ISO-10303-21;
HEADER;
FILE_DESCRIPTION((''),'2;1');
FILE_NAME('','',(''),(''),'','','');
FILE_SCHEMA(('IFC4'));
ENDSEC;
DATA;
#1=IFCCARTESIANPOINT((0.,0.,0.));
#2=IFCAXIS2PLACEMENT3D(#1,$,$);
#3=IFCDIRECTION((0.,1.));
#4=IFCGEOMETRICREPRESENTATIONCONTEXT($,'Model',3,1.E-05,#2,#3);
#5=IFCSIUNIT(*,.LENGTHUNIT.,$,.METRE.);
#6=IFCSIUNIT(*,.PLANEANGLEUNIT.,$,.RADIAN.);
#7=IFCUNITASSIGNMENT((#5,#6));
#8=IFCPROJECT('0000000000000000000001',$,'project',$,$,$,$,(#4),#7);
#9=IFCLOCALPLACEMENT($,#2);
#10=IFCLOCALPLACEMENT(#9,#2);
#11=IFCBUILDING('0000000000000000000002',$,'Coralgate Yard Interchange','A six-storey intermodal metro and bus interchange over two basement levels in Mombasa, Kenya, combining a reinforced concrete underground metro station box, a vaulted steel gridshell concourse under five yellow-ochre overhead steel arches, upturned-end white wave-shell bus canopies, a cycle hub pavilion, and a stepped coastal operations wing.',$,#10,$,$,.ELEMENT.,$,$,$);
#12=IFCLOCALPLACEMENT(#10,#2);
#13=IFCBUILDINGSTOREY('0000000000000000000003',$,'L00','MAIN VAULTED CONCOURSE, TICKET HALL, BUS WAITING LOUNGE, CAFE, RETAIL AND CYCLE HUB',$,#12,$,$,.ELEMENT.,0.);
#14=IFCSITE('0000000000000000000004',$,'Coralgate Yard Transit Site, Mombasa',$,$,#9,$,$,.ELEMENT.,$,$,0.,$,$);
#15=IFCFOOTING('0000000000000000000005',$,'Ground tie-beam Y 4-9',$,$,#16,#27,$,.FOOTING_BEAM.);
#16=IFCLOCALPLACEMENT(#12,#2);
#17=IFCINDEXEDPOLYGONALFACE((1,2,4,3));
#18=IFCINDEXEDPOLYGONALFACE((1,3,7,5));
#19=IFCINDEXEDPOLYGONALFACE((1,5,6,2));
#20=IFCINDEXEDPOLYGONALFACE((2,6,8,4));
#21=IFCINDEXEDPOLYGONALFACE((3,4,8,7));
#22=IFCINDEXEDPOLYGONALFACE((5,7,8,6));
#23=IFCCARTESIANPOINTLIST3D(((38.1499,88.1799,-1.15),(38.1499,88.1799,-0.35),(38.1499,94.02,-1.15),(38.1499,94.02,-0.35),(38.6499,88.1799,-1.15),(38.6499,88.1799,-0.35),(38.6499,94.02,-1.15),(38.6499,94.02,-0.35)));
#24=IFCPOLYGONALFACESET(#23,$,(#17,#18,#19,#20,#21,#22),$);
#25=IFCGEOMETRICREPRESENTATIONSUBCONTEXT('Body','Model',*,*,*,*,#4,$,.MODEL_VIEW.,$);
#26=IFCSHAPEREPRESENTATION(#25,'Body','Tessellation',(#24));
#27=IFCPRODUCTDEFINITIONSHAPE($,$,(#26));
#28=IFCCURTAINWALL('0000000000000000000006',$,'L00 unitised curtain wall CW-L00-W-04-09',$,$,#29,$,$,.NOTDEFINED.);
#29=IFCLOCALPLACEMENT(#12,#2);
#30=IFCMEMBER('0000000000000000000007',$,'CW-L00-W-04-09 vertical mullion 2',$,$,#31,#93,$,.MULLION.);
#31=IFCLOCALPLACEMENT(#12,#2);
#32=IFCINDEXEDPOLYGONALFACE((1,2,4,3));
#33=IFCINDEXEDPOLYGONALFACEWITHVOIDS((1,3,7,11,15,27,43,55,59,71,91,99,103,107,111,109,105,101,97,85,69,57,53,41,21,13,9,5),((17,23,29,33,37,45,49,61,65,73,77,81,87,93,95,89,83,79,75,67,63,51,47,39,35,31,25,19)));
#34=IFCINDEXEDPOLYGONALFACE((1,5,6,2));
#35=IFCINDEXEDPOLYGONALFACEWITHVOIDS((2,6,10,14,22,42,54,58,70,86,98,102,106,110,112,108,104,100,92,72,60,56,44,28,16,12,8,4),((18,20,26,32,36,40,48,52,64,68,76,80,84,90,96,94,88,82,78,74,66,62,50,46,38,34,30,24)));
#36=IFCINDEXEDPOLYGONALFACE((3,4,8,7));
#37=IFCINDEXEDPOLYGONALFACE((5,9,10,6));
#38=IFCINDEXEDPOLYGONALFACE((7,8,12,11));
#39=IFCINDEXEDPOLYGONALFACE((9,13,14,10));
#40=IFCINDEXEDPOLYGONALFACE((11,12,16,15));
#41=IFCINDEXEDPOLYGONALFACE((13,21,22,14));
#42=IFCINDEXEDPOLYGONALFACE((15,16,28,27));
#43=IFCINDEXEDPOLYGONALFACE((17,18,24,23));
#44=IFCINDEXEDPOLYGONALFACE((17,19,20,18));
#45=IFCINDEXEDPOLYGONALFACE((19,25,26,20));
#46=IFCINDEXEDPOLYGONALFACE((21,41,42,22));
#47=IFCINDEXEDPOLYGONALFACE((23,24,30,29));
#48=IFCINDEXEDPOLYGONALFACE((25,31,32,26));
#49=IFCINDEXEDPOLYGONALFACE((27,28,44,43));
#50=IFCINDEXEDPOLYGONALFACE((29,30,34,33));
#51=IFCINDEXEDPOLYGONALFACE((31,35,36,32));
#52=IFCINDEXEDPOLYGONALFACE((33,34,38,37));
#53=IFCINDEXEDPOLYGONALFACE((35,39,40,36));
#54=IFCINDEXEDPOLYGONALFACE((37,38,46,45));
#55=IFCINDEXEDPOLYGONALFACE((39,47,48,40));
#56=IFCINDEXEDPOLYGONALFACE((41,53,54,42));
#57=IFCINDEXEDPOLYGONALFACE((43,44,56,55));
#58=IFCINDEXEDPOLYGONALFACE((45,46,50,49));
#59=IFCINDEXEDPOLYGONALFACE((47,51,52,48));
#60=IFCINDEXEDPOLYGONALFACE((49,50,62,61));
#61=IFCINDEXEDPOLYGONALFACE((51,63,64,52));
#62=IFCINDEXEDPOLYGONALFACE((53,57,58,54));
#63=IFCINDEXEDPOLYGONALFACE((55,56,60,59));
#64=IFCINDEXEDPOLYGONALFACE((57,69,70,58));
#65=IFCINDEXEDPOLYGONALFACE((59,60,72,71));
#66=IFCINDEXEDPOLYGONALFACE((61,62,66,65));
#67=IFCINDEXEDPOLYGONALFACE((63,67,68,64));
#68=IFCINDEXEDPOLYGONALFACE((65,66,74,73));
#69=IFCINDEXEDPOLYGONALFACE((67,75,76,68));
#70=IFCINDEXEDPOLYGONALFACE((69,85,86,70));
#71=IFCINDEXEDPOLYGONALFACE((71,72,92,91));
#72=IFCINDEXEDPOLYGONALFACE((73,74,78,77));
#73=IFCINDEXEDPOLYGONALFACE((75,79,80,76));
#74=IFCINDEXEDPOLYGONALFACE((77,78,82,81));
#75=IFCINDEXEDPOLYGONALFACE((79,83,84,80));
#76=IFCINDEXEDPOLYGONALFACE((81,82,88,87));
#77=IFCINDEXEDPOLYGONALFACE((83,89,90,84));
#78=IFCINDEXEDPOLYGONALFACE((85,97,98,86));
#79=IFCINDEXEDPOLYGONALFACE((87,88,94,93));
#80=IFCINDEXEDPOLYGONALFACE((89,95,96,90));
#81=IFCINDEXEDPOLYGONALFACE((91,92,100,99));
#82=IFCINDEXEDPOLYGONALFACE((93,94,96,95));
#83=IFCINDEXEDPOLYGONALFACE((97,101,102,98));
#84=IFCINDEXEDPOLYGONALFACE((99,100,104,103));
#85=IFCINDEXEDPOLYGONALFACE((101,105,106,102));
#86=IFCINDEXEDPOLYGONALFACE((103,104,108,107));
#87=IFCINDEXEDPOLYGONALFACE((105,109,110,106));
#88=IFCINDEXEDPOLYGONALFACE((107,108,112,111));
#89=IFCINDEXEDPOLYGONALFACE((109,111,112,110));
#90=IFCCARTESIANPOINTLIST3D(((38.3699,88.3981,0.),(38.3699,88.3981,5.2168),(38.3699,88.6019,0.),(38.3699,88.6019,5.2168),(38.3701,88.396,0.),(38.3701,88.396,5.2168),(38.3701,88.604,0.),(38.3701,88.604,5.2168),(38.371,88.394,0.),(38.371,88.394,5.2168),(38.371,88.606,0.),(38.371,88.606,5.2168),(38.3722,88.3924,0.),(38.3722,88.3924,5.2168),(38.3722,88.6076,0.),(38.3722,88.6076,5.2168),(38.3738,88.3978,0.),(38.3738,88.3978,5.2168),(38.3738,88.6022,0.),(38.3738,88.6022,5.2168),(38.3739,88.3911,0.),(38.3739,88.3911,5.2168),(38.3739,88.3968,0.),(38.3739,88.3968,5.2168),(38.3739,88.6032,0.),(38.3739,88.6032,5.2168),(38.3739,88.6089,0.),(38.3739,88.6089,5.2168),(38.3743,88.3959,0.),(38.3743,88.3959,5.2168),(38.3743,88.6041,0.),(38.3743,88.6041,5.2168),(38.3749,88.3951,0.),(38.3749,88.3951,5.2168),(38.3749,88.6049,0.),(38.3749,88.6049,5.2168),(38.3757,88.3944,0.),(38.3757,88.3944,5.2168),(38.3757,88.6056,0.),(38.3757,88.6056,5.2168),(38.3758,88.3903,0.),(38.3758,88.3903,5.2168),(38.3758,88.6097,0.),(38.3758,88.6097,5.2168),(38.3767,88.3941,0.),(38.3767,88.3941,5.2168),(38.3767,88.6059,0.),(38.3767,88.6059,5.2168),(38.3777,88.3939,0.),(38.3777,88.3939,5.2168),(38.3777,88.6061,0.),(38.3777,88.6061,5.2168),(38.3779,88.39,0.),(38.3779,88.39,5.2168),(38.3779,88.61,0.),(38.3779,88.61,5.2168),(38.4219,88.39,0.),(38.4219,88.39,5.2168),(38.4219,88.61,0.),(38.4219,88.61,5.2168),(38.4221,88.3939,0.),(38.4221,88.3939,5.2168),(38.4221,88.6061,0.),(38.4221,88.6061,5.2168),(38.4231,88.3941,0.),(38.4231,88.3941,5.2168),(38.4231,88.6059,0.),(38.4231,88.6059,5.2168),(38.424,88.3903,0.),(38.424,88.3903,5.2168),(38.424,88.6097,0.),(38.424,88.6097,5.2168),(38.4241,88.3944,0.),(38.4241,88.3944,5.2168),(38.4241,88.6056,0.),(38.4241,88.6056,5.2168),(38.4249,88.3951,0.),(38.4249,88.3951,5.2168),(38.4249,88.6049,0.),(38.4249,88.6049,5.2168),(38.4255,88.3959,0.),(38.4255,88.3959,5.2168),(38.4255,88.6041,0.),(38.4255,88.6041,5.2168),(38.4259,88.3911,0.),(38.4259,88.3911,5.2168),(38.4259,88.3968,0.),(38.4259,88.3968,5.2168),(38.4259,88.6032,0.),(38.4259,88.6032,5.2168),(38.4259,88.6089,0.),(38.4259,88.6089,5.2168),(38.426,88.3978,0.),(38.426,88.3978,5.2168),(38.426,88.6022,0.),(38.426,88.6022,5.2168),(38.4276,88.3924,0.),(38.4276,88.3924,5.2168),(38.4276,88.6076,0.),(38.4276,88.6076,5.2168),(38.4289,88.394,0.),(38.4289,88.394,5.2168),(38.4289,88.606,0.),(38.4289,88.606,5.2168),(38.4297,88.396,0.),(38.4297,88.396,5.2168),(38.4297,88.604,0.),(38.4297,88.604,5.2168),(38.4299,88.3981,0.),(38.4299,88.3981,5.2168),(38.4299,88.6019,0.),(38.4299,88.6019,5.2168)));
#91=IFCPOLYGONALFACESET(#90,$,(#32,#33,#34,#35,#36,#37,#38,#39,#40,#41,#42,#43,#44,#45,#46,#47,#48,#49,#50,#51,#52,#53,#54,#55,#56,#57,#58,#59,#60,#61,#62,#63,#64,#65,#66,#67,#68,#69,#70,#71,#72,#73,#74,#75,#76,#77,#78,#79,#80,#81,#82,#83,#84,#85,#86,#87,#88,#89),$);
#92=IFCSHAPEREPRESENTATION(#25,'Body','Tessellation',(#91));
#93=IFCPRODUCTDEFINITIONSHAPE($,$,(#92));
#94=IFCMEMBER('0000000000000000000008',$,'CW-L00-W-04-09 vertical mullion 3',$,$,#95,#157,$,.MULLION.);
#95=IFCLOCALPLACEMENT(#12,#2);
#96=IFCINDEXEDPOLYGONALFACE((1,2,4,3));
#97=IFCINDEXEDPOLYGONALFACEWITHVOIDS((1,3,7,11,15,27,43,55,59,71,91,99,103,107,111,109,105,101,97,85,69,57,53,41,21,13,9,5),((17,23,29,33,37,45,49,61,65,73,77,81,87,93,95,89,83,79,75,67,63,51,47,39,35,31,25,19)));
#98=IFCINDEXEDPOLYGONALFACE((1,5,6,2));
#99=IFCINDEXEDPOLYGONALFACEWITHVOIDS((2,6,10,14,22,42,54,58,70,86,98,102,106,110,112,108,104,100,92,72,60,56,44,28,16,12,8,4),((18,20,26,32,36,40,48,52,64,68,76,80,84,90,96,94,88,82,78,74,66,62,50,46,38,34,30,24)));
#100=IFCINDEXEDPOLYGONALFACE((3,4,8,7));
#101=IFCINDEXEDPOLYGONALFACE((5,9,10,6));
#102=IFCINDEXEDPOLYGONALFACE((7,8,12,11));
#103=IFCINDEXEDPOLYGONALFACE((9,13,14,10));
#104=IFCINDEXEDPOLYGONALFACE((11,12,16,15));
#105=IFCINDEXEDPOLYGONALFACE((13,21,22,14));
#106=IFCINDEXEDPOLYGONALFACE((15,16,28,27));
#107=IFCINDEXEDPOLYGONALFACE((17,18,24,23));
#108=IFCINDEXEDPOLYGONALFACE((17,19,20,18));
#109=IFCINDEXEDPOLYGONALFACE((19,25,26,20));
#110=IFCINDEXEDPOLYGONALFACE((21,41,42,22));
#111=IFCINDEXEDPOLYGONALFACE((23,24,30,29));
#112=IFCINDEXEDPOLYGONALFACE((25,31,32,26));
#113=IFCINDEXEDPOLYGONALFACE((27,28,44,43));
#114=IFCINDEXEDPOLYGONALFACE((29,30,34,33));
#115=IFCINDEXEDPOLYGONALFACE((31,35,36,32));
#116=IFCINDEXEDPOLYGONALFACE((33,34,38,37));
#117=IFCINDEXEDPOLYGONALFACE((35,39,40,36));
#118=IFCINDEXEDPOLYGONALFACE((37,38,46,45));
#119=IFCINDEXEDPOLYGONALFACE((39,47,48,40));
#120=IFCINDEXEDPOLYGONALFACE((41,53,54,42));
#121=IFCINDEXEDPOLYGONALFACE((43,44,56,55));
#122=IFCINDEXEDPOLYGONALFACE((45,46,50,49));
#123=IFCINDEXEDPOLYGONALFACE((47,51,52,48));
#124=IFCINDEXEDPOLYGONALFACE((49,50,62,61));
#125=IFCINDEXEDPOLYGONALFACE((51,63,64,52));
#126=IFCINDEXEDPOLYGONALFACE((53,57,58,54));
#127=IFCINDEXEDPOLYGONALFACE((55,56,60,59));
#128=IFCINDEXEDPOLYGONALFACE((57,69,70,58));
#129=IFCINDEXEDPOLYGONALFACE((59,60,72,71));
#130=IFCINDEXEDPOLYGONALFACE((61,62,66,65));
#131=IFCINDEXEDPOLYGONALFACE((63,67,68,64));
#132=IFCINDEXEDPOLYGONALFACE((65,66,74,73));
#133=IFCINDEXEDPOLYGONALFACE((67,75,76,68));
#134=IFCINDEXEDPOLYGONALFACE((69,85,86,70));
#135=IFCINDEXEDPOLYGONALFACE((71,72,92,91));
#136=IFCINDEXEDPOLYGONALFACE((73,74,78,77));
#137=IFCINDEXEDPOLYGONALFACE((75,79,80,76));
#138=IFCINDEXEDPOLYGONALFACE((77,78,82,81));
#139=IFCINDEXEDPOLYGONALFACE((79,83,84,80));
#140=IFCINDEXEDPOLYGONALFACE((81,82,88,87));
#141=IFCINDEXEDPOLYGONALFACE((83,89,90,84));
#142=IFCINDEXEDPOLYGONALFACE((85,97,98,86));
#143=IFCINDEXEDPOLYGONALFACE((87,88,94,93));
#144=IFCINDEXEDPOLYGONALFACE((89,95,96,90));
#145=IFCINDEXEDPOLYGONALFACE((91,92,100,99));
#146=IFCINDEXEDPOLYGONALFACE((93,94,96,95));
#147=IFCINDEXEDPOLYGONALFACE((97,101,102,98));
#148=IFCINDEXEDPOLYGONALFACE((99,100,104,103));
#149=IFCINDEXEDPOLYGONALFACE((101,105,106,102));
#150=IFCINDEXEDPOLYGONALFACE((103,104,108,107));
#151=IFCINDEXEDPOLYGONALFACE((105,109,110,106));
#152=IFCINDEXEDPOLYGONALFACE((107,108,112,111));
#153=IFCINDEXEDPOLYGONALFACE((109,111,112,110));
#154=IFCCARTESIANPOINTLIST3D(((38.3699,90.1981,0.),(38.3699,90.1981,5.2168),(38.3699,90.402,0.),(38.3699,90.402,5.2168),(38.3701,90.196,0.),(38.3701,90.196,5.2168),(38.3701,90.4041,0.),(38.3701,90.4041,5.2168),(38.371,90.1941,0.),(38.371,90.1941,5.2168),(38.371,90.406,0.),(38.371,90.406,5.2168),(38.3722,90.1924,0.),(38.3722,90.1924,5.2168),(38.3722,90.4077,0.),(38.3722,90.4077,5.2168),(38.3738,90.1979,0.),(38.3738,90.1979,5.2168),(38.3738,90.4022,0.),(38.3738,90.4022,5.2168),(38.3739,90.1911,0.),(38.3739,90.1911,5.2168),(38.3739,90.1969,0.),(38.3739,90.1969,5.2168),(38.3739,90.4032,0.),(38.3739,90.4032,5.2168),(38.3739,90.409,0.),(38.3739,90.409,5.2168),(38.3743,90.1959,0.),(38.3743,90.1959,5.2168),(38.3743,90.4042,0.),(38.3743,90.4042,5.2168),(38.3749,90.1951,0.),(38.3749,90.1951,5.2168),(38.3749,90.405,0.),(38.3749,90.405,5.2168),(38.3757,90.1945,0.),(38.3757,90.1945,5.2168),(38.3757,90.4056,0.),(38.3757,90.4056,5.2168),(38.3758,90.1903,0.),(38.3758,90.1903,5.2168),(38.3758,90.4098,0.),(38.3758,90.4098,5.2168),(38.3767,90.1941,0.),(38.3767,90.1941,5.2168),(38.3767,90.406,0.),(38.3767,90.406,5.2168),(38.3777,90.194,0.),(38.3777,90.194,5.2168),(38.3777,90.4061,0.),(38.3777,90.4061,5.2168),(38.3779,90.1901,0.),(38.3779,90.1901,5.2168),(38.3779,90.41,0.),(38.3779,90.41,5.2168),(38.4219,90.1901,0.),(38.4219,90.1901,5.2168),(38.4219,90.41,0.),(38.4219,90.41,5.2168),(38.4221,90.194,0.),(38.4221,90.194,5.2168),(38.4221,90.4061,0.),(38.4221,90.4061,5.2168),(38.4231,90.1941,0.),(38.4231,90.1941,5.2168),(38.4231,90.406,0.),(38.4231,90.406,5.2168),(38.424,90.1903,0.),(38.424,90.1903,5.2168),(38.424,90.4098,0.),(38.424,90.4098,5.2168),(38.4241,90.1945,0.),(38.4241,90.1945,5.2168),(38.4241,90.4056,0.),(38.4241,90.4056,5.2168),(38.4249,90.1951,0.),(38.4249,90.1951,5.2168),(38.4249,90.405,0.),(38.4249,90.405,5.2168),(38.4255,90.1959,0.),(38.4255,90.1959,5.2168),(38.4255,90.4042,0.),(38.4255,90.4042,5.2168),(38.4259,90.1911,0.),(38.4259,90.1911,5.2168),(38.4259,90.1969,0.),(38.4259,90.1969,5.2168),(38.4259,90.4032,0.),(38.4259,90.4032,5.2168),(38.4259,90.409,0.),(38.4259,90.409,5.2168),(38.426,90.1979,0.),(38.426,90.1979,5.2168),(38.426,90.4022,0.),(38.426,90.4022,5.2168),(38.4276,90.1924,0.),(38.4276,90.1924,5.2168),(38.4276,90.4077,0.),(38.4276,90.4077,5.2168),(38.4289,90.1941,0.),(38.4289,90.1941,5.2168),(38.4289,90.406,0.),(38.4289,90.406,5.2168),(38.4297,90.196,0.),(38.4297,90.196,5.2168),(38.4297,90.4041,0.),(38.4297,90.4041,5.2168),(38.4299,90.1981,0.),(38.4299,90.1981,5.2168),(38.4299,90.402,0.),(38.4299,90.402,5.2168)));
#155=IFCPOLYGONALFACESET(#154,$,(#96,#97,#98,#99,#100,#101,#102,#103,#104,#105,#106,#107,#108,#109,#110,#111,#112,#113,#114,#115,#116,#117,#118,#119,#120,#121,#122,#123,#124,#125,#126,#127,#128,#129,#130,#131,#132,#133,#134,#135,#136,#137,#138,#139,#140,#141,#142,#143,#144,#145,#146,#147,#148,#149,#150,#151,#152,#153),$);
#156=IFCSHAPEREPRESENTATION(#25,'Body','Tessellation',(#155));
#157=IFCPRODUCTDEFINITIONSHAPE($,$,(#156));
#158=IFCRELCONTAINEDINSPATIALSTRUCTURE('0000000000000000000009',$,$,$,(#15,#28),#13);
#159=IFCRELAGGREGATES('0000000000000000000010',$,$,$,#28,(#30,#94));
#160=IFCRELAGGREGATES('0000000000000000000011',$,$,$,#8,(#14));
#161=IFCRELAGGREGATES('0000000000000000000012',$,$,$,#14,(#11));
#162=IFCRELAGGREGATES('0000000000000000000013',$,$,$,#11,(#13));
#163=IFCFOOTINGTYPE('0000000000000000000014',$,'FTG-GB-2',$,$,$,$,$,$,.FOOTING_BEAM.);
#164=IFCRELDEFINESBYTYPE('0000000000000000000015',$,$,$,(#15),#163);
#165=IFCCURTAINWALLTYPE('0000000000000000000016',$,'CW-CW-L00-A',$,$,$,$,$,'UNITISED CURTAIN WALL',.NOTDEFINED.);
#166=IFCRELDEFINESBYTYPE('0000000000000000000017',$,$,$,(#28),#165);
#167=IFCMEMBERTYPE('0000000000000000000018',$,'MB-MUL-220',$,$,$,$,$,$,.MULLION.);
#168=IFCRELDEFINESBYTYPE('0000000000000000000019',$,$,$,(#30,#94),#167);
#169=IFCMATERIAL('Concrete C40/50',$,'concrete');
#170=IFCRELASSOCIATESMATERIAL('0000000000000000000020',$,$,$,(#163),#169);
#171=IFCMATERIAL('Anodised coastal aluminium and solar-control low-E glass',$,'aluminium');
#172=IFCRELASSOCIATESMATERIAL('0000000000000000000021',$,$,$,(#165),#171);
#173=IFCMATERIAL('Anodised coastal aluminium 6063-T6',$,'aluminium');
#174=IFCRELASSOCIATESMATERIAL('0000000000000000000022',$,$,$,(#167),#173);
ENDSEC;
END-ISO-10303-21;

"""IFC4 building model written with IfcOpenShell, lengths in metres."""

from ifc_helpers import new_model, si_unit, direction, frame, origin, origin_2d, place, context, subcontext, project, spatial, rectangle, hollow_rectangle, extrude, material, material_profile, profile_set, type_object, element, aggregate, save


model = new_model("IFC4")

# Units and contexts
model_context = context("Model", 3, precision=1e-05, world=origin(), true_north=direction((0.0, 1.0)))
body_context = subcontext(model_context, "Body", "Model", "MODEL_VIEW")
ifc_project = project(units=[si_unit("LENGTHUNIT", "METRE"), si_unit("PLANEANGLEUNIT", "RADIAN")], contexts=[model_context])

# Site, building, storey
site_placement = place(None, origin())
site = spatial("IfcSite", under=ifc_project, at=site_placement, Name="Coralgate Yard Transit Site, Mombasa", CompositionType="ELEMENT", RefElevation=0.0)
building_placement = place(site_placement, origin())
building = spatial("IfcBuilding", under=site, at=building_placement, Name="Coralgate Yard Interchange", Description="A six-storey intermodal metro and bus interchange over two basement levels in Mombasa, Kenya, combining a reinforced concrete underground metro station box, a vaulted steel gridshell concourse under five yellow-ochre overhead steel arches, upturned-end white wave-shell bus canopies, a cycle hub pavilion, and a stepped coastal operations wing.", CompositionType="ELEMENT")
storey_placement = place(building_placement, origin())
storey = spatial("IfcBuildingStorey", under=building, at=storey_placement, Name="L00", Description="MAIN VAULTED CONCOURSE, TICKET HALL, BUS WAITING LOUNGE, CAFE, RETAIL AND CYCLE HUB", CompositionType="ELEMENT", Elevation=0.0)

# Footing
ifc_material_1 = material(Name="Concrete C40/50", Category="concrete")
ifc_material_profile_1 = material_profile(ifc_material_1, rectangle(XDim=0.5, YDim=0.8, at=origin_2d()), Name="RC 500x800")
ifc_profile_set_1 = profile_set([ifc_material_profile_1], Name="Concrete C40/50")
footing_type = type_object("IfcFootingType", Name="FTG-GB-2", PredefinedType="FOOTING_BEAM", material=ifc_profile_set_1)
footing_placement = place(storey_placement, frame((38.3999, 88.1799, -0.75), z_axis=(0.0, 1.0, 0.0), x_axis=(-1.0, 0.0, 0.0)))
element("IfcFooting", 1, at=footing_placement, inside=storey, type_object=footing_type, Name="Ground tie-beam Y 4-9", PredefinedType="FOOTING_BEAM", context=body_context, shape_type="SweptSolid", body=[
    extrude(rectangle(XDim=0.5, YDim=0.8, at=origin_2d()), origin(), (0.0, 0.0, 1.0), 5.8401),
])

# Curtain wall, members
ifc_material_2 = material(Name="Anodised coastal aluminium and solar-control low-E glass", Category="aluminium")
curtain_wall_type = type_object("IfcCurtainWallType", Name="CW-CW-L00-A", ElementType="UNITISED CURTAIN WALL", PredefinedType="NOTDEFINED", material=ifc_material_2)
curtain_wall_placement = place(storey_placement, origin())
curtain_wall = element("IfcCurtainWall", 2, at=curtain_wall_placement, inside=storey, type_object=curtain_wall_type, Name="L00 unitised curtain wall CW-L00-W-04-09", PredefinedType="NOTDEFINED")
ifc_material_3 = material(Name="Anodised coastal aluminium 6063-T6", Category="aluminium")
ifc_material_profile_2 = material_profile(ifc_material_3, hollow_rectangle(XDim=0.0601, YDim=0.22, WallThickness=0.0039, InnerFilletRadius=0.0039, OuterFilletRadius=0.0081, at=origin_2d()), Name="ALU 60x220x4")
ifc_profile_set_2 = profile_set([ifc_material_profile_2], Name="Anodised coastal aluminium 6063-T6")
member_type_1 = type_object("IfcMemberType", Name="MB-MUL-220", PredefinedType="MULLION", material=ifc_profile_set_2)
member_1_placement = place(storey_placement, frame((38.3999, 88.5, 0.0), z_axis=(0.0, 0.0, 1.0), x_axis=(1.0, 0.0, 0.0)))
member_1 = element("IfcMember", 3, at=member_1_placement, type_object=member_type_1, Name="CW-L00-W-04-09 vertical mullion 2", PredefinedType="MULLION", context=body_context, shape_type="SweptSolid", body=[
    extrude(hollow_rectangle(XDim=0.0601, YDim=0.22, WallThickness=0.0039, InnerFilletRadius=0.0039, OuterFilletRadius=0.0081, at=origin_2d()), origin(), (0.0, 0.0, 1.0), 5.2168),
])
member_2_placement = place(storey_placement, frame((38.3999, 90.3, 0.0), z_axis=(0.0, 0.0, 1.0), x_axis=(1.0, 0.0, 0.0)))
member_2 = element("IfcMember", 4, at=member_2_placement, type_object=member_type_1, Name="CW-L00-W-04-09 vertical mullion 3", PredefinedType="MULLION", context=body_context, shape_type="SweptSolid", body=[
    extrude(hollow_rectangle(XDim=0.0601, YDim=0.22, WallThickness=0.0039, InnerFilletRadius=0.0039, OuterFilletRadius=0.0081, at=origin_2d()), origin(), (0.0, 0.0, 1.0), 5.2168),
])
aggregate(curtain_wall, [member_1, member_2])

save(model, "model.ifc")
